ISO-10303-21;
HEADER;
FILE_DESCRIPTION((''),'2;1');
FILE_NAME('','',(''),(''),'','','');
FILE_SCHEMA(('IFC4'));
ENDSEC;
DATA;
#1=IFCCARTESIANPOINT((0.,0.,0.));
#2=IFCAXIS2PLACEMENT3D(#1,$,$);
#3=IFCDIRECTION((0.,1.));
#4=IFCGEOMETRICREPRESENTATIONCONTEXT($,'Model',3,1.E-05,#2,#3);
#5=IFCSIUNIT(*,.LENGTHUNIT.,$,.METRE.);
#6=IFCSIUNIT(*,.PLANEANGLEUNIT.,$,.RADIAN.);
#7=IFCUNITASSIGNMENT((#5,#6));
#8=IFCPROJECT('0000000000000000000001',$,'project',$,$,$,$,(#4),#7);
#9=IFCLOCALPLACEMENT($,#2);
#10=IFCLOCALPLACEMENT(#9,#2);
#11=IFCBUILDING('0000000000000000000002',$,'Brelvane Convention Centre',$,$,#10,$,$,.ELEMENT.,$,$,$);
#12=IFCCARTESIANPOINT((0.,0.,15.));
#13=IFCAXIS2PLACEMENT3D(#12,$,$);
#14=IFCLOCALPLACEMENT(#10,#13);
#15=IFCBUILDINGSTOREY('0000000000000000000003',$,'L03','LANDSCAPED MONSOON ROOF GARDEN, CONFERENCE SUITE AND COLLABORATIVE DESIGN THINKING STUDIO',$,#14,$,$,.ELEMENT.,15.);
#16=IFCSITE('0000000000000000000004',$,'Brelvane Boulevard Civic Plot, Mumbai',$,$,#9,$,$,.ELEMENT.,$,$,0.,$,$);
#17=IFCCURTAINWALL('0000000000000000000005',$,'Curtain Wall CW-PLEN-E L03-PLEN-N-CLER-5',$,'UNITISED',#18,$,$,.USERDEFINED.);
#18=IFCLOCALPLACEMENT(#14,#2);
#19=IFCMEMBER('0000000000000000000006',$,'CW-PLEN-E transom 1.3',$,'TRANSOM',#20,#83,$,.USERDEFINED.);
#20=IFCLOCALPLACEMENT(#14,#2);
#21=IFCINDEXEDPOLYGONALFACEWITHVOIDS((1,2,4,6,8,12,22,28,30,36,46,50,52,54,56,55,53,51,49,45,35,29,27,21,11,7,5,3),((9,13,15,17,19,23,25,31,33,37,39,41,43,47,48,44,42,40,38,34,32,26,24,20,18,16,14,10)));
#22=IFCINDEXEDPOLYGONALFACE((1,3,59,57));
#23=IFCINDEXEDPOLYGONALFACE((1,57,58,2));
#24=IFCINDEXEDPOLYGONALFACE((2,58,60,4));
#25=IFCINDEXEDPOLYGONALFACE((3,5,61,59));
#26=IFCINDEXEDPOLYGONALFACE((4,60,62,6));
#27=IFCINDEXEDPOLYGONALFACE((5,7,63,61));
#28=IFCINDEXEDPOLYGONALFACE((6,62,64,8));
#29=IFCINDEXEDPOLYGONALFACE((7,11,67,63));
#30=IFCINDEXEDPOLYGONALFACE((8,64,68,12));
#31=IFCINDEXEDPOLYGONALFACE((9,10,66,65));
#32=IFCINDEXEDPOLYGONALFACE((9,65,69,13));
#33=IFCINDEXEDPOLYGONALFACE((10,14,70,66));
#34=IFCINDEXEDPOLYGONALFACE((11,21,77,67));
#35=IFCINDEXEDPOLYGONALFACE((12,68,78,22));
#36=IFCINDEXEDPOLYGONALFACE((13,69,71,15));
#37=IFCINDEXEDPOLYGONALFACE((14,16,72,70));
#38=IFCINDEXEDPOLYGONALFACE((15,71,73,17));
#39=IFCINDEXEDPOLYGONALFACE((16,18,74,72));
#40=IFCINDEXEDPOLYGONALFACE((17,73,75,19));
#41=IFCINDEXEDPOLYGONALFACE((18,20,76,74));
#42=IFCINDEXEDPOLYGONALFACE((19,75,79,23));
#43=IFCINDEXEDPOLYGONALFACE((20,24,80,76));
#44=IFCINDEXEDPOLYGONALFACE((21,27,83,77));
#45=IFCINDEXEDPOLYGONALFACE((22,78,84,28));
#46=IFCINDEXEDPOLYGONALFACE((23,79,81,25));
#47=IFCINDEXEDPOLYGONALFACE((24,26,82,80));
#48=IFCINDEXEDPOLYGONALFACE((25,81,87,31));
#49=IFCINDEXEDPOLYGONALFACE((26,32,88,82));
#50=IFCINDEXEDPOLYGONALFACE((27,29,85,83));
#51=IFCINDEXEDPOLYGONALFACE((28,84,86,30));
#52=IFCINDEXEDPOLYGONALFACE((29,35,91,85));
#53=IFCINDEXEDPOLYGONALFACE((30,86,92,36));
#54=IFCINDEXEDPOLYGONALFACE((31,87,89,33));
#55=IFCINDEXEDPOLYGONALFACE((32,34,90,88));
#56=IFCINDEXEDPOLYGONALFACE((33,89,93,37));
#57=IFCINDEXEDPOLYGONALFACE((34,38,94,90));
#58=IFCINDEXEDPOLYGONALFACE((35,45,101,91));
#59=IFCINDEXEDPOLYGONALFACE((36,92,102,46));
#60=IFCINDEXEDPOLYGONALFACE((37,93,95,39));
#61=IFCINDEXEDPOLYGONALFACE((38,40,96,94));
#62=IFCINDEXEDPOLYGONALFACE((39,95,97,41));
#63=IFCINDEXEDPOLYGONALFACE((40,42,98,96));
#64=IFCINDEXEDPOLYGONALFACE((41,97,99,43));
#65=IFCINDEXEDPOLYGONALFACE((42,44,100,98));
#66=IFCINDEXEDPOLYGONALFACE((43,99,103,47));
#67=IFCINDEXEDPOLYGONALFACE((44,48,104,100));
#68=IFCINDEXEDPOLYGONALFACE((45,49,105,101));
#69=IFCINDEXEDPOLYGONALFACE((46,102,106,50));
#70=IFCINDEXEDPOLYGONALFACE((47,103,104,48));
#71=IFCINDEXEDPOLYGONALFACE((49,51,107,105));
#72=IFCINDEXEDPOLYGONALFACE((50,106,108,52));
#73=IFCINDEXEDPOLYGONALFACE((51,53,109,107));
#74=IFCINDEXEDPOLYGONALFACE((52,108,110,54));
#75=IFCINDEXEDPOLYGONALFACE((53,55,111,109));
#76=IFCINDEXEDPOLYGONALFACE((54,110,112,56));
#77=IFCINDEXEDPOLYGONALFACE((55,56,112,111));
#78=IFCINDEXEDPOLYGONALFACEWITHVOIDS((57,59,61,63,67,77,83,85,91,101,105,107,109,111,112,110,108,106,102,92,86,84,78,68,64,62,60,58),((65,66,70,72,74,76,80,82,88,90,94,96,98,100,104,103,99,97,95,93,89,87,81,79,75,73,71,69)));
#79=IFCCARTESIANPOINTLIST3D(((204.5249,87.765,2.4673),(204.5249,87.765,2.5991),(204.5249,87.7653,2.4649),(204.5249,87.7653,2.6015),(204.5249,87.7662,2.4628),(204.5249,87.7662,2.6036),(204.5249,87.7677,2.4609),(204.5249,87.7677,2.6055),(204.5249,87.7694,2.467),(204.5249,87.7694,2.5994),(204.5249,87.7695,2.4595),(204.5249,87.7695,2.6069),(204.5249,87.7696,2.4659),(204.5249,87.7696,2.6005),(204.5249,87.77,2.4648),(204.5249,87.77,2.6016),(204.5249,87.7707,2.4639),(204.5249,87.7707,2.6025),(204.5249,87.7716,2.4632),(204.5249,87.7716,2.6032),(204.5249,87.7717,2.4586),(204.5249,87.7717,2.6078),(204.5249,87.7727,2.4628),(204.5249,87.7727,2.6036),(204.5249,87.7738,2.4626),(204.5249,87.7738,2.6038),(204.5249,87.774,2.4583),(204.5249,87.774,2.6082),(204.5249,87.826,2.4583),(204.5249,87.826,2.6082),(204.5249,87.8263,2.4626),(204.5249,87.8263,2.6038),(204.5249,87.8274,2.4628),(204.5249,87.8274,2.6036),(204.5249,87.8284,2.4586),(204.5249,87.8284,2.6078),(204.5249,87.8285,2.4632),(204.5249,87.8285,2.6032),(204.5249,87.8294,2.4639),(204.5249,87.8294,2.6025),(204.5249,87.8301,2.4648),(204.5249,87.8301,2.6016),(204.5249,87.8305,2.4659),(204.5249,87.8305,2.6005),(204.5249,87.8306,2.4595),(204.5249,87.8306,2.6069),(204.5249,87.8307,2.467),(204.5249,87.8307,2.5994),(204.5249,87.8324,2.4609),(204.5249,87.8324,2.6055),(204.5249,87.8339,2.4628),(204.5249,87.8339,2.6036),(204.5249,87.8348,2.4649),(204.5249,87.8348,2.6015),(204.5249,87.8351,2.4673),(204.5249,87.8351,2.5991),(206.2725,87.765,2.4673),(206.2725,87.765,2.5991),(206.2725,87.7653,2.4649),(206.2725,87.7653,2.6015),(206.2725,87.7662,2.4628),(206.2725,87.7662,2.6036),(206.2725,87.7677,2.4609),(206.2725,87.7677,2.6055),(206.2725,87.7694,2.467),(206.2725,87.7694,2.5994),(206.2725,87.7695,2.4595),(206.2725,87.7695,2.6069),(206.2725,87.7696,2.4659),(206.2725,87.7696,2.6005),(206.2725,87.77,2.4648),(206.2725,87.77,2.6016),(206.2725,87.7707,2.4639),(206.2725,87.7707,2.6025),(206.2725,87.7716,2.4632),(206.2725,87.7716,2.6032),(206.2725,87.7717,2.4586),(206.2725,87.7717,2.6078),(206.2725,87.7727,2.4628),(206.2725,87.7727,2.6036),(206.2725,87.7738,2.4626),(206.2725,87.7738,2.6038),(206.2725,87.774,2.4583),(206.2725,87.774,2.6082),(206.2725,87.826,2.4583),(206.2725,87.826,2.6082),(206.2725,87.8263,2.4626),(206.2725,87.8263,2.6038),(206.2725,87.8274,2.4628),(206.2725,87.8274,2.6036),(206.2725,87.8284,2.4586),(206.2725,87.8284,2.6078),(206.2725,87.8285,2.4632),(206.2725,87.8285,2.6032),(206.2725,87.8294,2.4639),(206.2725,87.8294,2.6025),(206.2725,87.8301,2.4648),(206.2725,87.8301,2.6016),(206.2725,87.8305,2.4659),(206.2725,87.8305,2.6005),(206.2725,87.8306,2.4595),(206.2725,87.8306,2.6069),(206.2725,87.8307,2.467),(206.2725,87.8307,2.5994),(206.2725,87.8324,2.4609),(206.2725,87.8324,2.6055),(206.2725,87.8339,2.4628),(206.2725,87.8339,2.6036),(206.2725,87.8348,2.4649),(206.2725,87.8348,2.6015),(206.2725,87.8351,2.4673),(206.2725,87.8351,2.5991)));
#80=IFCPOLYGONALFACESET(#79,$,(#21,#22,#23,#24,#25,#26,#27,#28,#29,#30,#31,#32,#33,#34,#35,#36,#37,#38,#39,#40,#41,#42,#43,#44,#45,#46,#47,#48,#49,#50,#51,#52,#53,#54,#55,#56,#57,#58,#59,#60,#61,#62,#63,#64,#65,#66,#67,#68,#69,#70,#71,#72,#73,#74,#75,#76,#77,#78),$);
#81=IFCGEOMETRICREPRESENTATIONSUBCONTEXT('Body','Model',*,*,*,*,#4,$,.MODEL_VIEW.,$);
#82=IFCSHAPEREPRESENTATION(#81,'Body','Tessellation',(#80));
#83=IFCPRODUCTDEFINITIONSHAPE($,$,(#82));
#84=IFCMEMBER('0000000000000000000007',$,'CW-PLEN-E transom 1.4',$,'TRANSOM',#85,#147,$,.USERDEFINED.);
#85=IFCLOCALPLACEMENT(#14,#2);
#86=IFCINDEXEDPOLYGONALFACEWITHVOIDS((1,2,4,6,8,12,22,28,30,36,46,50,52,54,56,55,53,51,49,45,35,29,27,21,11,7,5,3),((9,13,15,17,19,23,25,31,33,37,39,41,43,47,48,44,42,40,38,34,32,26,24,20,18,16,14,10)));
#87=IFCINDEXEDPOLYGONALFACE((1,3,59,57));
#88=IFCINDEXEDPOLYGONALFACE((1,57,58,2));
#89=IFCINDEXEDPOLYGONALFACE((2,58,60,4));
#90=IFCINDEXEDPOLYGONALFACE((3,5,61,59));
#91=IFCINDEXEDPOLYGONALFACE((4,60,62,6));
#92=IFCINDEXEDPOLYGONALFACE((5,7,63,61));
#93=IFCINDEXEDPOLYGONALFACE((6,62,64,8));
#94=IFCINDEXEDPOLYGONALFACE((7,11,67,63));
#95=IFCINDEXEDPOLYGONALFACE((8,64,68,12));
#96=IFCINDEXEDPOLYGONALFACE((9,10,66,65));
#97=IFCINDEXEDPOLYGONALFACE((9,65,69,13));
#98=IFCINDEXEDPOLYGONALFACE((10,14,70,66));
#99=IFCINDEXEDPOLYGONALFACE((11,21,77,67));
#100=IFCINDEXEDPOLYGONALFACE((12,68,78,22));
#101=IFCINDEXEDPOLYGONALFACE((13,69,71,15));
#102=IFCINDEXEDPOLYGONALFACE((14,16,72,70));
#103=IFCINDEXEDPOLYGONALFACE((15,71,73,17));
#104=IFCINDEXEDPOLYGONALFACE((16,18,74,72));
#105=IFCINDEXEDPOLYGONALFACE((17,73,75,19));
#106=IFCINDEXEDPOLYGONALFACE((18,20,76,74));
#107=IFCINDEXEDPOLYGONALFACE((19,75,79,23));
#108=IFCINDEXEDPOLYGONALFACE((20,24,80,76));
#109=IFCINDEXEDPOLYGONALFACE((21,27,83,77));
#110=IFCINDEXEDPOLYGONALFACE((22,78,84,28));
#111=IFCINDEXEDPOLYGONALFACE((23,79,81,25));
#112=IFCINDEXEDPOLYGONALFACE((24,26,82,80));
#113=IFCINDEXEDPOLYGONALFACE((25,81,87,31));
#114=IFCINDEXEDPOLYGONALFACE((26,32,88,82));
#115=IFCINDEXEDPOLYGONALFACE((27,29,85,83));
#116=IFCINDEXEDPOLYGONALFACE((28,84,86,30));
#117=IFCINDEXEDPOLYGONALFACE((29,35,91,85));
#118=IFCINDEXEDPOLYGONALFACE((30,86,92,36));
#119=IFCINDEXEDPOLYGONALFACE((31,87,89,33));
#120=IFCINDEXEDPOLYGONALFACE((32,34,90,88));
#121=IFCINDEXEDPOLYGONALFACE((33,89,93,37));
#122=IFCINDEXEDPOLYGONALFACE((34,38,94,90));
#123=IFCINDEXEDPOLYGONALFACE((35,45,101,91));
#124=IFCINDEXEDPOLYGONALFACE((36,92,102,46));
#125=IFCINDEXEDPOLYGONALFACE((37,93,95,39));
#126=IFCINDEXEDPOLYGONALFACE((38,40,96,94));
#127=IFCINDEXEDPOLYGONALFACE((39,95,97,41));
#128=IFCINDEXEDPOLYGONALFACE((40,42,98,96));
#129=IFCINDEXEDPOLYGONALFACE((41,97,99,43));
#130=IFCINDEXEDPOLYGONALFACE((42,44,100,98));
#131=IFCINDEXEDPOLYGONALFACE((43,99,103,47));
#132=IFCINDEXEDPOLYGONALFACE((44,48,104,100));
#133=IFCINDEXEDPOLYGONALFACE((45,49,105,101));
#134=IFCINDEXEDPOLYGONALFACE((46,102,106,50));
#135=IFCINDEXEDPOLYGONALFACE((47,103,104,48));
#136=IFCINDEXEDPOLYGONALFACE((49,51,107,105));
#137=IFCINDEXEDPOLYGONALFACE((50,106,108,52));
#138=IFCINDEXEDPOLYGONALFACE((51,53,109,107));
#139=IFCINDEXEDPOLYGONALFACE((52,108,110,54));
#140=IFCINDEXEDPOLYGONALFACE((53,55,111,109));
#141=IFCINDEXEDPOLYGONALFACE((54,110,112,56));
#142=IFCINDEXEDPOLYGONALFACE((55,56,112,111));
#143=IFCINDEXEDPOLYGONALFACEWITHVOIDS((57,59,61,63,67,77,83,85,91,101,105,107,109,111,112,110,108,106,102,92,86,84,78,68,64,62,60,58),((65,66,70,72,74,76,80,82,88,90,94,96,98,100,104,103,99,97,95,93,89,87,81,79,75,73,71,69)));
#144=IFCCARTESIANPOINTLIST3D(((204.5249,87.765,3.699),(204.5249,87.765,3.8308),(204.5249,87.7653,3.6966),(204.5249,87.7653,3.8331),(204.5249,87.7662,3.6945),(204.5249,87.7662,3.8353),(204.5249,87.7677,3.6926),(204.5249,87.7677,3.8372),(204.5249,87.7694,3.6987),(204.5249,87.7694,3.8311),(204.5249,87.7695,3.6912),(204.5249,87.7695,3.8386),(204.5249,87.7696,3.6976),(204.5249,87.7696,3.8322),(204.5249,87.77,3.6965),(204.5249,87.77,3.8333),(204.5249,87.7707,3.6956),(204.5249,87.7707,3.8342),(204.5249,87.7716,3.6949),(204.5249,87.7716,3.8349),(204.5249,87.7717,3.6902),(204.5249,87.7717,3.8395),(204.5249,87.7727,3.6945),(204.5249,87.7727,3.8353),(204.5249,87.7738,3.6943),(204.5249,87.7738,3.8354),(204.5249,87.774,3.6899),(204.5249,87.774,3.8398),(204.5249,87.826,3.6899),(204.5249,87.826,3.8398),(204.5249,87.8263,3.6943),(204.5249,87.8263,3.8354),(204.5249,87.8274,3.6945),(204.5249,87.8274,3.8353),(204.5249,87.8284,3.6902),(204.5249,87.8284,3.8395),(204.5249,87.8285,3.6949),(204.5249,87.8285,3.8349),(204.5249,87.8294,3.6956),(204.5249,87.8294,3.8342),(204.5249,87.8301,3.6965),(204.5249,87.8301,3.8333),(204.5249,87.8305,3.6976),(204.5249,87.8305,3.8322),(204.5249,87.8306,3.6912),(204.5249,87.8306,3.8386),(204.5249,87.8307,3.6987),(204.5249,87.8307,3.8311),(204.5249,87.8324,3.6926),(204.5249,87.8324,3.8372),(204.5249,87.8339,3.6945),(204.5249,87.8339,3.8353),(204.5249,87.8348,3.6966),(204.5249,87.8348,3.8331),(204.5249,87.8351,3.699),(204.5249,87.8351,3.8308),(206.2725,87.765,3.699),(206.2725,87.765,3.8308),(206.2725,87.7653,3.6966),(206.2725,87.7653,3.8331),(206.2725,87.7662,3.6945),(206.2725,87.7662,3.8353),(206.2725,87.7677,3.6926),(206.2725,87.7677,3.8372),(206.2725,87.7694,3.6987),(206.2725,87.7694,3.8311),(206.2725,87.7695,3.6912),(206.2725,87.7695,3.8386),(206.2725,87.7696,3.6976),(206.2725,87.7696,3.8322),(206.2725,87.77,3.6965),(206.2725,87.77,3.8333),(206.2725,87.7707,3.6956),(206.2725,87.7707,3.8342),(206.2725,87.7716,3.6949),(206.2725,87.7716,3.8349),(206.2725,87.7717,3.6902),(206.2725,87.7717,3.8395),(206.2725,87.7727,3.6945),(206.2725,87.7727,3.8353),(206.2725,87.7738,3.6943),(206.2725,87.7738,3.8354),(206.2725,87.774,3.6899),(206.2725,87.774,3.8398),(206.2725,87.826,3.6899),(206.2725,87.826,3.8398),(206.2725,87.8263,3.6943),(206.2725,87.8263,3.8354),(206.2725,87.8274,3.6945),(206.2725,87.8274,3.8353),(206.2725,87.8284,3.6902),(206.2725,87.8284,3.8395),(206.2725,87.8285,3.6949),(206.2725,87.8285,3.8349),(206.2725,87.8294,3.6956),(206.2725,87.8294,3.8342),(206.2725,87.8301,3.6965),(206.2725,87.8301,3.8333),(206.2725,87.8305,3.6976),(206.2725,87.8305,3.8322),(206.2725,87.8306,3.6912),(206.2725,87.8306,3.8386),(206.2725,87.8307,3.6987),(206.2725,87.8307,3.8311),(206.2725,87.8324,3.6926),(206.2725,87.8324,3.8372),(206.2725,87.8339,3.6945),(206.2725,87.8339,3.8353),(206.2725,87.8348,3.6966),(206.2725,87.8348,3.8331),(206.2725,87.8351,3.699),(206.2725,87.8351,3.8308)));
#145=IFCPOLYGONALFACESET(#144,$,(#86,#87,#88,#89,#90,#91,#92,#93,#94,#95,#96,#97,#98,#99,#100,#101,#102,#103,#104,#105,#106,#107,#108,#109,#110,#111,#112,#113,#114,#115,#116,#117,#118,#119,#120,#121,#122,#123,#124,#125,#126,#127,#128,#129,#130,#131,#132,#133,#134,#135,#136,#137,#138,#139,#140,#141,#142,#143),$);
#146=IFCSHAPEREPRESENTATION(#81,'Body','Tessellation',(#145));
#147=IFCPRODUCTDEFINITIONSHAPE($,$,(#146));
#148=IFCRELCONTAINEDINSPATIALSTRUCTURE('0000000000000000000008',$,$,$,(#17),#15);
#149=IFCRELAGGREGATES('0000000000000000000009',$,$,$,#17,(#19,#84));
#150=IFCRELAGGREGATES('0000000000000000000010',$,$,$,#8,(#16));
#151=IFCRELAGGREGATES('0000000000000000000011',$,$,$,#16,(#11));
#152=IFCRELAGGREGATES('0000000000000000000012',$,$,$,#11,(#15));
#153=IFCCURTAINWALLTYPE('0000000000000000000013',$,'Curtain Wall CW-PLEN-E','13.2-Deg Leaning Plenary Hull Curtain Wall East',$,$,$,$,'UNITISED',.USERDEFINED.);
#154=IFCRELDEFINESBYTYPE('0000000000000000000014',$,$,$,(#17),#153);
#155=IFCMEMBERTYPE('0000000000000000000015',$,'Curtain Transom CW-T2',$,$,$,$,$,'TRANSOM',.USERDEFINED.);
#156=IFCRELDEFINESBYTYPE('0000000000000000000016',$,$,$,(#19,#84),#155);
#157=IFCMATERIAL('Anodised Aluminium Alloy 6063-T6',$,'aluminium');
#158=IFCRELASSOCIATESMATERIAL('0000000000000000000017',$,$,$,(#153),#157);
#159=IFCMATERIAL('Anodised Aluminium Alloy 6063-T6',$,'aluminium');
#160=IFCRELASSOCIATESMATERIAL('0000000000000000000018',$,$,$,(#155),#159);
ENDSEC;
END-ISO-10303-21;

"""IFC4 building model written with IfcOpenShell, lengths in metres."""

from ifc_helpers import new_model, si_unit, direction, frame, origin, origin_2d, place, context, subcontext, project, spatial, hollow_rectangle, extrude, material, material_profile, profile_set, type_object, element, aggregate, save


model = new_model("IFC4")

# Units and contexts
model_context = context("Model", 3, precision=1e-05, world=origin(), true_north=direction((0.0, 1.0)))
body_context = subcontext(model_context, "Body", "Model", "MODEL_VIEW")
ifc_project = project(units=[si_unit("LENGTHUNIT", "METRE"), si_unit("PLANEANGLEUNIT", "RADIAN")], contexts=[model_context])

# Site, building, storey
site_placement = place(None, origin())
site = spatial("IfcSite", under=ifc_project, at=site_placement, Name="Brelvane Boulevard Civic Plot, Mumbai", CompositionType="ELEMENT", RefElevation=0.0)
building_placement = place(site_placement, origin())
building = spatial("IfcBuilding", under=site, at=building_placement, Name="Brelvane Convention Centre", CompositionType="ELEMENT")
storey_placement = place(building_placement, frame((0.0, 0.0, 15.0)))
storey = spatial("IfcBuildingStorey", under=building, at=storey_placement, Name="L03", Description="LANDSCAPED MONSOON ROOF GARDEN, CONFERENCE SUITE AND COLLABORATIVE DESIGN THINKING STUDIO", CompositionType="ELEMENT", Elevation=15.0)

# Curtain wall, members
ifc_material_1 = material(Name="Anodised Aluminium Alloy 6063-T6", Category="aluminium")
curtain_wall_type = type_object("IfcCurtainWallType", Name="Curtain Wall CW-PLEN-E", Description="13.2-Deg Leaning Plenary Hull Curtain Wall East", ElementType="UNITISED", PredefinedType="USERDEFINED", material=ifc_material_1)
curtain_wall_placement = place(storey_placement, origin())
curtain_wall = element("IfcCurtainWall", 1, at=curtain_wall_placement, inside=storey, type_object=curtain_wall_type, Name="Curtain Wall CW-PLEN-E L03-PLEN-N-CLER-5", ObjectType="UNITISED", PredefinedType="USERDEFINED")
ifc_material_2 = material(Name="Anodised Aluminium Alloy 6063-T6", Category="aluminium")
ifc_material_profile_1 = material_profile(ifc_material_2, hollow_rectangle(XDim=0.0701, YDim=0.1499, WallThickness=0.0044, InnerFilletRadius=0.0044, OuterFilletRadius=0.009, at=origin_2d()), Name="ALU-T 150x70x4.5")
ifc_profile_set_1 = profile_set([ifc_material_profile_1], Name="Anodised Aluminium Alloy 6063-T6")
member_type_1 = type_object("IfcMemberType", Name="Curtain Transom CW-T2", ElementType="TRANSOM", PredefinedType="USERDEFINED", material=ifc_profile_set_1)
member_1_placement = place(storey_placement, frame((204.5249, 87.8, 2.5332), z_axis=(1.0, 0.0, 0.0), x_axis=(0.0, 1.0, 0.0)))
member_1 = element("IfcMember", 2, at=member_1_placement, type_object=member_type_1, Name="CW-PLEN-E transom 1.3", ObjectType="TRANSOM", PredefinedType="USERDEFINED", context=body_context, shape_type="SweptSolid", body=[
    extrude(hollow_rectangle(XDim=0.0701, YDim=0.1499, WallThickness=0.0044, InnerFilletRadius=0.0044, OuterFilletRadius=0.009, at=origin_2d()), origin(), (0.0, 0.0, 1.0), 1.7476),
])
member_2_placement = place(storey_placement, frame((204.5249, 87.8, 3.7649), z_axis=(1.0, 0.0, 0.0), x_axis=(0.0, 1.0, 0.0)))
member_2 = element("IfcMember", 3, at=member_2_placement, type_object=member_type_1, Name="CW-PLEN-E transom 1.4", ObjectType="TRANSOM", PredefinedType="USERDEFINED", context=body_context, shape_type="SweptSolid", body=[
    extrude(hollow_rectangle(XDim=0.0701, YDim=0.1499, WallThickness=0.0044, InnerFilletRadius=0.0044, OuterFilletRadius=0.009, at=origin_2d()), origin(), (0.0, 0.0, 1.0), 1.7476),
])

aggregate(curtain_wall, [member_1, member_2])

save(model, "model.ifc")
